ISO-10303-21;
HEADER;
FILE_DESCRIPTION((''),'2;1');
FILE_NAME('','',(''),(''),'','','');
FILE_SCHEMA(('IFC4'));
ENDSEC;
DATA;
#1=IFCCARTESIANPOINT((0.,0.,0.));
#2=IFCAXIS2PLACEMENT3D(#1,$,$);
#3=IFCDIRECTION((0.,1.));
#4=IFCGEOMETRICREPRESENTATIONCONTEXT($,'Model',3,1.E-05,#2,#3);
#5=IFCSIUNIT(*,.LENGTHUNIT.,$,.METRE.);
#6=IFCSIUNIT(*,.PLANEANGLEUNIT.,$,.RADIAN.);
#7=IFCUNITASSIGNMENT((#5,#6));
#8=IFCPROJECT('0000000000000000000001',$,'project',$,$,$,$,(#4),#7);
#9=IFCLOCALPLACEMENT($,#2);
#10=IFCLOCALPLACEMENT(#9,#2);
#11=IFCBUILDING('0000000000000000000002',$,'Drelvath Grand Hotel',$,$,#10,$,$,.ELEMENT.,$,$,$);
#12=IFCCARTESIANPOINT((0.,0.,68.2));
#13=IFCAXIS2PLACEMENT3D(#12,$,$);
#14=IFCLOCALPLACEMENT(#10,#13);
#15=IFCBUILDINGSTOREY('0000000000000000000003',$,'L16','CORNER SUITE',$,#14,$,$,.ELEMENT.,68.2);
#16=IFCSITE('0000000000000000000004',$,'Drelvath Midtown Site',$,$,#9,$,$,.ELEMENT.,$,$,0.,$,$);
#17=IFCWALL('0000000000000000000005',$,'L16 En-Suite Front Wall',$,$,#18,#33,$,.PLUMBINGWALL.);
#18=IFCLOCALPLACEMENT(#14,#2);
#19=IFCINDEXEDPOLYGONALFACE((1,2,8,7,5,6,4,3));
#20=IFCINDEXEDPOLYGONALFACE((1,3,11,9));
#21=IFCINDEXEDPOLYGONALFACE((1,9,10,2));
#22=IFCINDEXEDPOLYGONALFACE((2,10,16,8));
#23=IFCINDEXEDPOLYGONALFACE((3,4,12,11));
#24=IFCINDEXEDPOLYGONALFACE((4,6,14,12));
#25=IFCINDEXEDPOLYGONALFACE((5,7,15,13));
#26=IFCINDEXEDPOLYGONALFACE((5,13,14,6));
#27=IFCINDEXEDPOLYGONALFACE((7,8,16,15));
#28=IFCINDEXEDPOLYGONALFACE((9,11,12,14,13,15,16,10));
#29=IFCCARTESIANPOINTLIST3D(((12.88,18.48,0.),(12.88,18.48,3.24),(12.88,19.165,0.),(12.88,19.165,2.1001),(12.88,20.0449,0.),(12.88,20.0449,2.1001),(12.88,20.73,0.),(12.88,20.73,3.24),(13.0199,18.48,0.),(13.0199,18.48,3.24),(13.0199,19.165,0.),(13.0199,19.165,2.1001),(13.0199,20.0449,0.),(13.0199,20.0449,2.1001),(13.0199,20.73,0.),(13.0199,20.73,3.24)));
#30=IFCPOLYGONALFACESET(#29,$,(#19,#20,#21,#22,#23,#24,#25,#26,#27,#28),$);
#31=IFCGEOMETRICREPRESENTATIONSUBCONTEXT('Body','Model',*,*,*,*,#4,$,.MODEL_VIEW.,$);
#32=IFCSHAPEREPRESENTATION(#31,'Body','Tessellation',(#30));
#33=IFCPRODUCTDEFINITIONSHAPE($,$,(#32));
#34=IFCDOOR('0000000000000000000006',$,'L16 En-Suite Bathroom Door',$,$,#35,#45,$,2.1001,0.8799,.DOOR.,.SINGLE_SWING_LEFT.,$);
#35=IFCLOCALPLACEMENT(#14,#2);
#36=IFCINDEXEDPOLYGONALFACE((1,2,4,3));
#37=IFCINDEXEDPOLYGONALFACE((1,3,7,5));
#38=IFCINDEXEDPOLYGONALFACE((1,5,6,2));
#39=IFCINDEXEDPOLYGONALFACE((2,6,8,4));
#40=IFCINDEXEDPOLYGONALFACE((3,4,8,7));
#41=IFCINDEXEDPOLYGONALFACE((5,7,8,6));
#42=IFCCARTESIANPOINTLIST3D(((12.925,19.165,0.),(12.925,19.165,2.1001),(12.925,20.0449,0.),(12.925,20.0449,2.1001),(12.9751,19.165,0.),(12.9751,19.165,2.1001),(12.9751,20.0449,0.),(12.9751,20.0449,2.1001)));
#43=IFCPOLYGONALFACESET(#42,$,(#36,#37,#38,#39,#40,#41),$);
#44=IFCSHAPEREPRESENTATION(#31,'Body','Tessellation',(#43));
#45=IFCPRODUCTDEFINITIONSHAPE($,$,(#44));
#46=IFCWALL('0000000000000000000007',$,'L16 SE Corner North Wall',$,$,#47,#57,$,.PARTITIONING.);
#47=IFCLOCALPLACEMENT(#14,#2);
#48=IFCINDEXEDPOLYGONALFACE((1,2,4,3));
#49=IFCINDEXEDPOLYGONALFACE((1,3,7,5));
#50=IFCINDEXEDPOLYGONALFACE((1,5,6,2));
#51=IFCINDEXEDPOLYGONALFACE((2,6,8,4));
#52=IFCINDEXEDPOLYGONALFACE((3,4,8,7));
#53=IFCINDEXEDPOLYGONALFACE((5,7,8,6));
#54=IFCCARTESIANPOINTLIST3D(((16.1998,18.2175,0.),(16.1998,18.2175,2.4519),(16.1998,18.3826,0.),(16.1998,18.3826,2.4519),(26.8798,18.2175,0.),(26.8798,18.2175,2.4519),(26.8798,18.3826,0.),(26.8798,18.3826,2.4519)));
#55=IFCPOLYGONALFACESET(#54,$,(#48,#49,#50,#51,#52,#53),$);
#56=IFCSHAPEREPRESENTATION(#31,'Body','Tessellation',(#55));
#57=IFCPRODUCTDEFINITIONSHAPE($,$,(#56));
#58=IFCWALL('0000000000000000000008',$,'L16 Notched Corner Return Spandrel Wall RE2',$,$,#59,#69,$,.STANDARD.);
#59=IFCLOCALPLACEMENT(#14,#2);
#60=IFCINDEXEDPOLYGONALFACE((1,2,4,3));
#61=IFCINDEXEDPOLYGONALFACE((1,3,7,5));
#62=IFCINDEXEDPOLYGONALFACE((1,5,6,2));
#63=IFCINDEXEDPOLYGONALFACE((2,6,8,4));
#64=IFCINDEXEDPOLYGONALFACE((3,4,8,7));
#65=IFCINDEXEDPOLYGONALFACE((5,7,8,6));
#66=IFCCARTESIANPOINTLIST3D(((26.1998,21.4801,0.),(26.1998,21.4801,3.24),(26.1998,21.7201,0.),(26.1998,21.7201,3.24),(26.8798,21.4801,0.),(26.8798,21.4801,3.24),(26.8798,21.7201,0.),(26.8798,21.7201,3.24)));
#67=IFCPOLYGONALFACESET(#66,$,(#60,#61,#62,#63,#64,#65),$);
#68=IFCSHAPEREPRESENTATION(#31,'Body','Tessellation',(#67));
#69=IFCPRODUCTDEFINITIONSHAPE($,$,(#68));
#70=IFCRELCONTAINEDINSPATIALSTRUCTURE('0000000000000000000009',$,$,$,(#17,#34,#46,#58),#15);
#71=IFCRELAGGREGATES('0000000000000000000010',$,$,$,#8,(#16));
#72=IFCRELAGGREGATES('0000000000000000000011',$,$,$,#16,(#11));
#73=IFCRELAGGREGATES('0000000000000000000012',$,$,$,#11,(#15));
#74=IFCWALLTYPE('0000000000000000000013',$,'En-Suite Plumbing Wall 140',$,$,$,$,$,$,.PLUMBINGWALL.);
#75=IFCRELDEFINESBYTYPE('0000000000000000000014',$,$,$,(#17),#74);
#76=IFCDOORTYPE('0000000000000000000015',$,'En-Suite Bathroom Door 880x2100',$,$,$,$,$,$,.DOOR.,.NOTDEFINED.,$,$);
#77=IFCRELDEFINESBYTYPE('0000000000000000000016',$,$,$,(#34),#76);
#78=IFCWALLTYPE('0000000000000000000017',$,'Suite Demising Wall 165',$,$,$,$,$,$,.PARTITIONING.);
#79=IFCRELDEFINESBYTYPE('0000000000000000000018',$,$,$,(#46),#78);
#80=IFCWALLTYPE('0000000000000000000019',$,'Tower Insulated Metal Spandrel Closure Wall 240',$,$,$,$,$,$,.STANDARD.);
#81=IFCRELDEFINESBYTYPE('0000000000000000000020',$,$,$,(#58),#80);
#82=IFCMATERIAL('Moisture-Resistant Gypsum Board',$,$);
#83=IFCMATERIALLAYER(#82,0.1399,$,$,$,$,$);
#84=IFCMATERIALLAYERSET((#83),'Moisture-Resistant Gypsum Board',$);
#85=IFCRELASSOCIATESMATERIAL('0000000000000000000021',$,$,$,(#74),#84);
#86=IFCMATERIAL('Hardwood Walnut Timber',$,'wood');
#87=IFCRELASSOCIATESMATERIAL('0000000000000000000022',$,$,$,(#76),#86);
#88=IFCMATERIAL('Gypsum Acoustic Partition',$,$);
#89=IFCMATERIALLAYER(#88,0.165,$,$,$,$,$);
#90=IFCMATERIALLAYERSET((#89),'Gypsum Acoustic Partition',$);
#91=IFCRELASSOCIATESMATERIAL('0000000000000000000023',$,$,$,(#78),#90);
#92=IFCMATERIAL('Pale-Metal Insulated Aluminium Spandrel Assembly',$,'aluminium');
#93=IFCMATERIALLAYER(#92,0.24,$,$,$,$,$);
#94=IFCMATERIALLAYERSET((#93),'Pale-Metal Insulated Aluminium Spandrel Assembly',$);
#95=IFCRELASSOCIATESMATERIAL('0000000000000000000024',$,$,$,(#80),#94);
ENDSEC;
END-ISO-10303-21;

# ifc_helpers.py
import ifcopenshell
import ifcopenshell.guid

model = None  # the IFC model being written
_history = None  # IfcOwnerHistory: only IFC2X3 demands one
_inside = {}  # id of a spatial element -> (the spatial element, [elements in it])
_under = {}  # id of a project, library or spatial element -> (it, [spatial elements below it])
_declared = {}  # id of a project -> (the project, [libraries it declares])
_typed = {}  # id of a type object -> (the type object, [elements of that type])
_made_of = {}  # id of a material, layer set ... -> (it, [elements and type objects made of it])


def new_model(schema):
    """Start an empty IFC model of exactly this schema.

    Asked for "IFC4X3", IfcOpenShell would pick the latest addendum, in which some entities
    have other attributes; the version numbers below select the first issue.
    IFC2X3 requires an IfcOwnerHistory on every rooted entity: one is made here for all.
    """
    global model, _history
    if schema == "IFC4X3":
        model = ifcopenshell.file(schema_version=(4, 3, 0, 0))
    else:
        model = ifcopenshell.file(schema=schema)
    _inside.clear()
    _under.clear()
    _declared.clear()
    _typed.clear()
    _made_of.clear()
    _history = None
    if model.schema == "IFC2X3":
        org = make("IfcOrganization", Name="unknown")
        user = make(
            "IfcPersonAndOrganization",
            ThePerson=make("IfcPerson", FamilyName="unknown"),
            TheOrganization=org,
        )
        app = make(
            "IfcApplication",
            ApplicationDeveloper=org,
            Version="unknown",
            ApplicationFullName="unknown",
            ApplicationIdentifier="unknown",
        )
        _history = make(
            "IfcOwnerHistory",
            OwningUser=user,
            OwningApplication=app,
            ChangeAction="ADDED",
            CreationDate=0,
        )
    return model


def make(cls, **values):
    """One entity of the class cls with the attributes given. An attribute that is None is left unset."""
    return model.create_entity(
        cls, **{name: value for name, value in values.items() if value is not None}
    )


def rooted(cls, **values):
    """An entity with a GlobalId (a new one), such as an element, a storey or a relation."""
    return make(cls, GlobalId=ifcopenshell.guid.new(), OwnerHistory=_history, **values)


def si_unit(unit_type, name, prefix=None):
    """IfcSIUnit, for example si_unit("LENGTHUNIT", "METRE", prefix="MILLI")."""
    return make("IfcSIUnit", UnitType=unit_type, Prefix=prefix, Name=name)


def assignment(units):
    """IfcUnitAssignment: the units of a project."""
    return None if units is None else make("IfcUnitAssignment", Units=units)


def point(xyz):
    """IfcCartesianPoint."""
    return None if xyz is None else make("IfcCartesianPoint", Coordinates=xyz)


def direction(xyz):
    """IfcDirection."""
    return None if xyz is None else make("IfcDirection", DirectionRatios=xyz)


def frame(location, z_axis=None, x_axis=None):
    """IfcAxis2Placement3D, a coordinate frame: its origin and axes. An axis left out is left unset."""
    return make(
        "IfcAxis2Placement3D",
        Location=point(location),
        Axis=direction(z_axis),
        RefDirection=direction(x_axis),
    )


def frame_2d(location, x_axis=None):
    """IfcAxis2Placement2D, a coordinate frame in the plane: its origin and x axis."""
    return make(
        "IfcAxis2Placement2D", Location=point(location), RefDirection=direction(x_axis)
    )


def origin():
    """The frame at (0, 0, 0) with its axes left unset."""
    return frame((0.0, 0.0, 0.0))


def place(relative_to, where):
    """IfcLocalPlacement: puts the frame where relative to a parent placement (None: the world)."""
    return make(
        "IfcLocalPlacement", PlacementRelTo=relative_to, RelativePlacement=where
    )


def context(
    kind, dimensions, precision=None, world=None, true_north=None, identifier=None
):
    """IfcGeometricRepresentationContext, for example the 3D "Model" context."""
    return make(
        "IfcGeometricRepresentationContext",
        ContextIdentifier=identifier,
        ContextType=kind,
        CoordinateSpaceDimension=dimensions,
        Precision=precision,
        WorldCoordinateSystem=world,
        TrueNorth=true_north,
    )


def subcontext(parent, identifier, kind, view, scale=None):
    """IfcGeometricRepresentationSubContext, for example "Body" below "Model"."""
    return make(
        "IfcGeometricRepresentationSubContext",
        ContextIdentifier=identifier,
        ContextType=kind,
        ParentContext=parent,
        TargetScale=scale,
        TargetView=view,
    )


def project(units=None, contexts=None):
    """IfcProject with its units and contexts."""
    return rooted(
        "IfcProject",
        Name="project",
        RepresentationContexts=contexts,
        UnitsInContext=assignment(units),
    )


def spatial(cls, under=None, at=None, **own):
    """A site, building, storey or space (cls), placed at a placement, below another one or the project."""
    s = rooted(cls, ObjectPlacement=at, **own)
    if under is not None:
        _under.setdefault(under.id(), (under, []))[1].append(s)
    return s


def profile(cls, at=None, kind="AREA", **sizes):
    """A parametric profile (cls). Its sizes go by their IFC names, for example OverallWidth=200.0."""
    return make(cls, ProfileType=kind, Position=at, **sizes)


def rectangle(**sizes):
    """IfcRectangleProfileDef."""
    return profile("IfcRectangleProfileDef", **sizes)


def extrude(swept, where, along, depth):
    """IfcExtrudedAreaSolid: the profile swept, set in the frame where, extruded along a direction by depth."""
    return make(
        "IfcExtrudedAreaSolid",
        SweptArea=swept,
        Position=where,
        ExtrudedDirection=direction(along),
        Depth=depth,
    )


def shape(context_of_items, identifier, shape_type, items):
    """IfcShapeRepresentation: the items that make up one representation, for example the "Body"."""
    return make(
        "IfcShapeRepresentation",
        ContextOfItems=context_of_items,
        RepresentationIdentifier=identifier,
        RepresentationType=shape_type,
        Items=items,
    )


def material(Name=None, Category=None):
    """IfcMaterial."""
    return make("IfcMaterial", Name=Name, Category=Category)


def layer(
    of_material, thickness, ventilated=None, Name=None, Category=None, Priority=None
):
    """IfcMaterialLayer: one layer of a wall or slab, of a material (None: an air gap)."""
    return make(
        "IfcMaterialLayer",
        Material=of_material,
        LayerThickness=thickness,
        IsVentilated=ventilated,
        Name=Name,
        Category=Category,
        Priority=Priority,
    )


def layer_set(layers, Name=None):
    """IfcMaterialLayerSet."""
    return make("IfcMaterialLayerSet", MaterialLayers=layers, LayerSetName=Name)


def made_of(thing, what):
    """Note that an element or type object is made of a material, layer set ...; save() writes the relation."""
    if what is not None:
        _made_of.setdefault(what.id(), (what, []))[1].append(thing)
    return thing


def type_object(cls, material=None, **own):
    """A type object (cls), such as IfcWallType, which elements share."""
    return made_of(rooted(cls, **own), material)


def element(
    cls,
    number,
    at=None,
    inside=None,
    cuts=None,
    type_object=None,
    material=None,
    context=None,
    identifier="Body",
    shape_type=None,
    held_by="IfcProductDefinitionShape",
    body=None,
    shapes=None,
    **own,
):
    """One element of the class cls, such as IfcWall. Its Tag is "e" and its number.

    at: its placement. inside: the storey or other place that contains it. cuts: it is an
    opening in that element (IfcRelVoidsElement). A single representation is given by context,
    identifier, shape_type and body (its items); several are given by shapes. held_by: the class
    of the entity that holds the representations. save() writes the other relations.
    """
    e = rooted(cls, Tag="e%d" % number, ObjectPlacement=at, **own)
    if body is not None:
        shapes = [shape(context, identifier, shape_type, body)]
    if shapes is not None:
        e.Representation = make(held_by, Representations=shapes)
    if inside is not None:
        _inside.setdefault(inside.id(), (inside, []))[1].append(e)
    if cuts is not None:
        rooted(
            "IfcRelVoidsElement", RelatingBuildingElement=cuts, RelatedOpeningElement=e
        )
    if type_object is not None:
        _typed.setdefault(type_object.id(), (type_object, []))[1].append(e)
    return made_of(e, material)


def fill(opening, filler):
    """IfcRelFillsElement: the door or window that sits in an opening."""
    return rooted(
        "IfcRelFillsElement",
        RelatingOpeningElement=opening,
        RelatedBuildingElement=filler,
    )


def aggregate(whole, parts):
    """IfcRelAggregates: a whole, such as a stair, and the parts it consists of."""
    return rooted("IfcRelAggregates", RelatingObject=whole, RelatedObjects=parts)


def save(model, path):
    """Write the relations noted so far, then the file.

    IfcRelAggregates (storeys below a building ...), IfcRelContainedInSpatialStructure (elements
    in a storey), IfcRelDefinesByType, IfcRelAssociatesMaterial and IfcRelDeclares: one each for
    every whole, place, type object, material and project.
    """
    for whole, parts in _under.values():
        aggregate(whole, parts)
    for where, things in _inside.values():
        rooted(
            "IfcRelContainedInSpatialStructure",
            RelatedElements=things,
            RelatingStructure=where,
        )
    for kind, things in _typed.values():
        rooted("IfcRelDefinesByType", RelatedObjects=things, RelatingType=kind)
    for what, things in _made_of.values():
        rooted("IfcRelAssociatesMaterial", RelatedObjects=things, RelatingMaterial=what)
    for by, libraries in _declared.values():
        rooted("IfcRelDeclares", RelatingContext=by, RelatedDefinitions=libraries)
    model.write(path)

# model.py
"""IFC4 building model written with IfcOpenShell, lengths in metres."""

from ifc_helpers import new_model, si_unit, direction, frame, frame_2d, origin, place, context, subcontext, project, spatial, rectangle, extrude, material, layer, layer_set, type_object, element, fill, save


model = new_model("IFC4")

# Units and contexts
model_context = context("Model", 3, precision=1e-05, world=origin(), true_north=direction((0.0, 1.0)))
body_context = subcontext(model_context, "Body", "Model", "MODEL_VIEW")
ifc_project = project(units=[si_unit("LENGTHUNIT", "METRE"), si_unit("PLANEANGLEUNIT", "RADIAN")], contexts=[model_context])

# Site, building, storey
site_placement = place(None, origin())
site = spatial("IfcSite", under=ifc_project, at=site_placement, Name="Drelvath Midtown Site", CompositionType="ELEMENT", RefElevation=0.0)
building_placement = place(site_placement, origin())
building = spatial("IfcBuilding", under=site, at=building_placement, Name="Drelvath Grand Hotel", CompositionType="ELEMENT")
storey_placement = place(building_placement, frame((0.0, 0.0, 68.2)))
storey = spatial("IfcBuildingStorey", under=building, at=storey_placement, Name="L16", Description="CORNER SUITE", CompositionType="ELEMENT", Elevation=68.2)

# Shared definitions
ifc_material_1 = material(Name="Hardwood Walnut Timber", Category="wood")

# Shared definitions
ifc_material_2 = material(Name="Moisture-Resistant Gypsum Board")
ifc_layer_1 = layer(ifc_material_2, 0.1399)
ifc_layer_set_1 = layer_set([ifc_layer_1], Name="Moisture-Resistant Gypsum Board")
wall_type_1 = type_object("IfcWallType", Name="En-Suite Plumbing Wall 140", PredefinedType="PLUMBINGWALL", material=ifc_layer_set_1)

# Wall, opening, door
door_type_1 = type_object("IfcDoorType", Name="En-Suite Bathroom Door 880x2100", OperationType="NOTDEFINED", PredefinedType="DOOR", material=ifc_material_1)
wall_1_placement = place(storey_placement, frame((12.95, 18.48, 0.0), z_axis=(0.0, 0.0, 1.0), x_axis=(0.0, 1.0, 0.0)))
wall_1 = element("IfcWall", 1, at=wall_1_placement, inside=storey, type_object=wall_type_1, Name="L16 En-Suite Front Wall", PredefinedType="PLUMBINGWALL", context=body_context, shape_type="SweptSolid", body=[
    extrude(rectangle(XDim=2.25, YDim=0.1399, at=frame_2d((1.125, 0.0))), origin(), (0.0, 0.0, 1.0), 3.24),
])
opening_1_placement = place(wall_1_placement, frame((0.6851, 0.0, 0.0)))
opening_1 = element("IfcOpeningElement", 2, at=opening_1_placement, cuts=wall_1, PredefinedType="OPENING", context=body_context, shape_type="SweptSolid", body=[
    extrude(rectangle(XDim=0.8799, YDim=2.1001, at=frame_2d((0.4399, 1.05))), frame((0.0, 0.0798, 0.0), z_axis=(0.0, -1.0, 0.0), x_axis=(1.0, 0.0, 0.0)), (0.0, 0.0, 1.0), 0.1599),
])
door_1_placement = place(opening_1_placement, origin())
door_1 = element("IfcDoor", 3, at=door_1_placement, inside=storey, type_object=door_type_1, Name="L16 En-Suite Bathroom Door", OperationType="SINGLE_SWING_LEFT", OverallHeight=2.1001, OverallWidth=0.8799, PredefinedType="DOOR", context=body_context, shape_type="SweptSolid", body=[
    extrude(rectangle(XDim=0.8799, YDim=2.1001, at=frame_2d((0.4399, 1.05))), frame((0.0, 0.0249, 0.0), z_axis=(0.0, -1.0, 0.0), x_axis=(1.0, 0.0, 0.0)), (0.0, 0.0, 1.0), 0.05),
])
fill(opening_1, door_1)

# Walls
ifc_material_3 = material(Name="Gypsum Acoustic Partition")
ifc_layer_2 = layer(ifc_material_3, 0.165)
ifc_layer_set_2 = layer_set([ifc_layer_2], Name="Gypsum Acoustic Partition")
wall_type_2 = type_object("IfcWallType", Name="Suite Demising Wall 165", PredefinedType="PARTITIONING", material=ifc_layer_set_2)
wall_2_placement = place(storey_placement, frame((16.2, 18.3, 0.0), z_axis=(0.0, 0.0, 1.0), x_axis=(1.0, 0.0, 0.0)))
element("IfcWall", 4, at=wall_2_placement, inside=storey, type_object=wall_type_2, Name="L16 SE Corner North Wall", PredefinedType="PARTITIONING", context=body_context, shape_type="SweptSolid", body=[
    extrude(rectangle(XDim=10.6799, YDim=0.165, at=frame_2d((5.3398, 0.0))), origin(), (0.0, 0.0, 1.0), 2.4519),
])
ifc_material_4 = material(Name="Pale-Metal Insulated Aluminium Spandrel Assembly", Category="aluminium")
ifc_layer_3 = layer(ifc_material_4, 0.24)
ifc_layer_set_3 = layer_set([ifc_layer_3], Name="Pale-Metal Insulated Aluminium Spandrel Assembly")
wall_type_3 = type_object("IfcWallType", Name="Tower Insulated Metal Spandrel Closure Wall 240", PredefinedType="STANDARD", material=ifc_layer_set_3)
wall_3_placement = place(storey_placement, frame((26.2, 21.6001, 0.0), z_axis=(0.0, 0.0, 1.0), x_axis=(1.0, 0.0, 0.0)))
element("IfcWall", 5, at=wall_3_placement, inside=storey, type_object=wall_type_3, Name="L16 Notched Corner Return Spandrel Wall RE2", PredefinedType="STANDARD", context=body_context, shape_type="SweptSolid", body=[
    extrude(rectangle(XDim=0.6799, YDim=0.24, at=frame_2d((0.3398, 0.0))), origin(), (0.0, 0.0, 1.0), 3.24),
])

save(model, "model.ifc")
